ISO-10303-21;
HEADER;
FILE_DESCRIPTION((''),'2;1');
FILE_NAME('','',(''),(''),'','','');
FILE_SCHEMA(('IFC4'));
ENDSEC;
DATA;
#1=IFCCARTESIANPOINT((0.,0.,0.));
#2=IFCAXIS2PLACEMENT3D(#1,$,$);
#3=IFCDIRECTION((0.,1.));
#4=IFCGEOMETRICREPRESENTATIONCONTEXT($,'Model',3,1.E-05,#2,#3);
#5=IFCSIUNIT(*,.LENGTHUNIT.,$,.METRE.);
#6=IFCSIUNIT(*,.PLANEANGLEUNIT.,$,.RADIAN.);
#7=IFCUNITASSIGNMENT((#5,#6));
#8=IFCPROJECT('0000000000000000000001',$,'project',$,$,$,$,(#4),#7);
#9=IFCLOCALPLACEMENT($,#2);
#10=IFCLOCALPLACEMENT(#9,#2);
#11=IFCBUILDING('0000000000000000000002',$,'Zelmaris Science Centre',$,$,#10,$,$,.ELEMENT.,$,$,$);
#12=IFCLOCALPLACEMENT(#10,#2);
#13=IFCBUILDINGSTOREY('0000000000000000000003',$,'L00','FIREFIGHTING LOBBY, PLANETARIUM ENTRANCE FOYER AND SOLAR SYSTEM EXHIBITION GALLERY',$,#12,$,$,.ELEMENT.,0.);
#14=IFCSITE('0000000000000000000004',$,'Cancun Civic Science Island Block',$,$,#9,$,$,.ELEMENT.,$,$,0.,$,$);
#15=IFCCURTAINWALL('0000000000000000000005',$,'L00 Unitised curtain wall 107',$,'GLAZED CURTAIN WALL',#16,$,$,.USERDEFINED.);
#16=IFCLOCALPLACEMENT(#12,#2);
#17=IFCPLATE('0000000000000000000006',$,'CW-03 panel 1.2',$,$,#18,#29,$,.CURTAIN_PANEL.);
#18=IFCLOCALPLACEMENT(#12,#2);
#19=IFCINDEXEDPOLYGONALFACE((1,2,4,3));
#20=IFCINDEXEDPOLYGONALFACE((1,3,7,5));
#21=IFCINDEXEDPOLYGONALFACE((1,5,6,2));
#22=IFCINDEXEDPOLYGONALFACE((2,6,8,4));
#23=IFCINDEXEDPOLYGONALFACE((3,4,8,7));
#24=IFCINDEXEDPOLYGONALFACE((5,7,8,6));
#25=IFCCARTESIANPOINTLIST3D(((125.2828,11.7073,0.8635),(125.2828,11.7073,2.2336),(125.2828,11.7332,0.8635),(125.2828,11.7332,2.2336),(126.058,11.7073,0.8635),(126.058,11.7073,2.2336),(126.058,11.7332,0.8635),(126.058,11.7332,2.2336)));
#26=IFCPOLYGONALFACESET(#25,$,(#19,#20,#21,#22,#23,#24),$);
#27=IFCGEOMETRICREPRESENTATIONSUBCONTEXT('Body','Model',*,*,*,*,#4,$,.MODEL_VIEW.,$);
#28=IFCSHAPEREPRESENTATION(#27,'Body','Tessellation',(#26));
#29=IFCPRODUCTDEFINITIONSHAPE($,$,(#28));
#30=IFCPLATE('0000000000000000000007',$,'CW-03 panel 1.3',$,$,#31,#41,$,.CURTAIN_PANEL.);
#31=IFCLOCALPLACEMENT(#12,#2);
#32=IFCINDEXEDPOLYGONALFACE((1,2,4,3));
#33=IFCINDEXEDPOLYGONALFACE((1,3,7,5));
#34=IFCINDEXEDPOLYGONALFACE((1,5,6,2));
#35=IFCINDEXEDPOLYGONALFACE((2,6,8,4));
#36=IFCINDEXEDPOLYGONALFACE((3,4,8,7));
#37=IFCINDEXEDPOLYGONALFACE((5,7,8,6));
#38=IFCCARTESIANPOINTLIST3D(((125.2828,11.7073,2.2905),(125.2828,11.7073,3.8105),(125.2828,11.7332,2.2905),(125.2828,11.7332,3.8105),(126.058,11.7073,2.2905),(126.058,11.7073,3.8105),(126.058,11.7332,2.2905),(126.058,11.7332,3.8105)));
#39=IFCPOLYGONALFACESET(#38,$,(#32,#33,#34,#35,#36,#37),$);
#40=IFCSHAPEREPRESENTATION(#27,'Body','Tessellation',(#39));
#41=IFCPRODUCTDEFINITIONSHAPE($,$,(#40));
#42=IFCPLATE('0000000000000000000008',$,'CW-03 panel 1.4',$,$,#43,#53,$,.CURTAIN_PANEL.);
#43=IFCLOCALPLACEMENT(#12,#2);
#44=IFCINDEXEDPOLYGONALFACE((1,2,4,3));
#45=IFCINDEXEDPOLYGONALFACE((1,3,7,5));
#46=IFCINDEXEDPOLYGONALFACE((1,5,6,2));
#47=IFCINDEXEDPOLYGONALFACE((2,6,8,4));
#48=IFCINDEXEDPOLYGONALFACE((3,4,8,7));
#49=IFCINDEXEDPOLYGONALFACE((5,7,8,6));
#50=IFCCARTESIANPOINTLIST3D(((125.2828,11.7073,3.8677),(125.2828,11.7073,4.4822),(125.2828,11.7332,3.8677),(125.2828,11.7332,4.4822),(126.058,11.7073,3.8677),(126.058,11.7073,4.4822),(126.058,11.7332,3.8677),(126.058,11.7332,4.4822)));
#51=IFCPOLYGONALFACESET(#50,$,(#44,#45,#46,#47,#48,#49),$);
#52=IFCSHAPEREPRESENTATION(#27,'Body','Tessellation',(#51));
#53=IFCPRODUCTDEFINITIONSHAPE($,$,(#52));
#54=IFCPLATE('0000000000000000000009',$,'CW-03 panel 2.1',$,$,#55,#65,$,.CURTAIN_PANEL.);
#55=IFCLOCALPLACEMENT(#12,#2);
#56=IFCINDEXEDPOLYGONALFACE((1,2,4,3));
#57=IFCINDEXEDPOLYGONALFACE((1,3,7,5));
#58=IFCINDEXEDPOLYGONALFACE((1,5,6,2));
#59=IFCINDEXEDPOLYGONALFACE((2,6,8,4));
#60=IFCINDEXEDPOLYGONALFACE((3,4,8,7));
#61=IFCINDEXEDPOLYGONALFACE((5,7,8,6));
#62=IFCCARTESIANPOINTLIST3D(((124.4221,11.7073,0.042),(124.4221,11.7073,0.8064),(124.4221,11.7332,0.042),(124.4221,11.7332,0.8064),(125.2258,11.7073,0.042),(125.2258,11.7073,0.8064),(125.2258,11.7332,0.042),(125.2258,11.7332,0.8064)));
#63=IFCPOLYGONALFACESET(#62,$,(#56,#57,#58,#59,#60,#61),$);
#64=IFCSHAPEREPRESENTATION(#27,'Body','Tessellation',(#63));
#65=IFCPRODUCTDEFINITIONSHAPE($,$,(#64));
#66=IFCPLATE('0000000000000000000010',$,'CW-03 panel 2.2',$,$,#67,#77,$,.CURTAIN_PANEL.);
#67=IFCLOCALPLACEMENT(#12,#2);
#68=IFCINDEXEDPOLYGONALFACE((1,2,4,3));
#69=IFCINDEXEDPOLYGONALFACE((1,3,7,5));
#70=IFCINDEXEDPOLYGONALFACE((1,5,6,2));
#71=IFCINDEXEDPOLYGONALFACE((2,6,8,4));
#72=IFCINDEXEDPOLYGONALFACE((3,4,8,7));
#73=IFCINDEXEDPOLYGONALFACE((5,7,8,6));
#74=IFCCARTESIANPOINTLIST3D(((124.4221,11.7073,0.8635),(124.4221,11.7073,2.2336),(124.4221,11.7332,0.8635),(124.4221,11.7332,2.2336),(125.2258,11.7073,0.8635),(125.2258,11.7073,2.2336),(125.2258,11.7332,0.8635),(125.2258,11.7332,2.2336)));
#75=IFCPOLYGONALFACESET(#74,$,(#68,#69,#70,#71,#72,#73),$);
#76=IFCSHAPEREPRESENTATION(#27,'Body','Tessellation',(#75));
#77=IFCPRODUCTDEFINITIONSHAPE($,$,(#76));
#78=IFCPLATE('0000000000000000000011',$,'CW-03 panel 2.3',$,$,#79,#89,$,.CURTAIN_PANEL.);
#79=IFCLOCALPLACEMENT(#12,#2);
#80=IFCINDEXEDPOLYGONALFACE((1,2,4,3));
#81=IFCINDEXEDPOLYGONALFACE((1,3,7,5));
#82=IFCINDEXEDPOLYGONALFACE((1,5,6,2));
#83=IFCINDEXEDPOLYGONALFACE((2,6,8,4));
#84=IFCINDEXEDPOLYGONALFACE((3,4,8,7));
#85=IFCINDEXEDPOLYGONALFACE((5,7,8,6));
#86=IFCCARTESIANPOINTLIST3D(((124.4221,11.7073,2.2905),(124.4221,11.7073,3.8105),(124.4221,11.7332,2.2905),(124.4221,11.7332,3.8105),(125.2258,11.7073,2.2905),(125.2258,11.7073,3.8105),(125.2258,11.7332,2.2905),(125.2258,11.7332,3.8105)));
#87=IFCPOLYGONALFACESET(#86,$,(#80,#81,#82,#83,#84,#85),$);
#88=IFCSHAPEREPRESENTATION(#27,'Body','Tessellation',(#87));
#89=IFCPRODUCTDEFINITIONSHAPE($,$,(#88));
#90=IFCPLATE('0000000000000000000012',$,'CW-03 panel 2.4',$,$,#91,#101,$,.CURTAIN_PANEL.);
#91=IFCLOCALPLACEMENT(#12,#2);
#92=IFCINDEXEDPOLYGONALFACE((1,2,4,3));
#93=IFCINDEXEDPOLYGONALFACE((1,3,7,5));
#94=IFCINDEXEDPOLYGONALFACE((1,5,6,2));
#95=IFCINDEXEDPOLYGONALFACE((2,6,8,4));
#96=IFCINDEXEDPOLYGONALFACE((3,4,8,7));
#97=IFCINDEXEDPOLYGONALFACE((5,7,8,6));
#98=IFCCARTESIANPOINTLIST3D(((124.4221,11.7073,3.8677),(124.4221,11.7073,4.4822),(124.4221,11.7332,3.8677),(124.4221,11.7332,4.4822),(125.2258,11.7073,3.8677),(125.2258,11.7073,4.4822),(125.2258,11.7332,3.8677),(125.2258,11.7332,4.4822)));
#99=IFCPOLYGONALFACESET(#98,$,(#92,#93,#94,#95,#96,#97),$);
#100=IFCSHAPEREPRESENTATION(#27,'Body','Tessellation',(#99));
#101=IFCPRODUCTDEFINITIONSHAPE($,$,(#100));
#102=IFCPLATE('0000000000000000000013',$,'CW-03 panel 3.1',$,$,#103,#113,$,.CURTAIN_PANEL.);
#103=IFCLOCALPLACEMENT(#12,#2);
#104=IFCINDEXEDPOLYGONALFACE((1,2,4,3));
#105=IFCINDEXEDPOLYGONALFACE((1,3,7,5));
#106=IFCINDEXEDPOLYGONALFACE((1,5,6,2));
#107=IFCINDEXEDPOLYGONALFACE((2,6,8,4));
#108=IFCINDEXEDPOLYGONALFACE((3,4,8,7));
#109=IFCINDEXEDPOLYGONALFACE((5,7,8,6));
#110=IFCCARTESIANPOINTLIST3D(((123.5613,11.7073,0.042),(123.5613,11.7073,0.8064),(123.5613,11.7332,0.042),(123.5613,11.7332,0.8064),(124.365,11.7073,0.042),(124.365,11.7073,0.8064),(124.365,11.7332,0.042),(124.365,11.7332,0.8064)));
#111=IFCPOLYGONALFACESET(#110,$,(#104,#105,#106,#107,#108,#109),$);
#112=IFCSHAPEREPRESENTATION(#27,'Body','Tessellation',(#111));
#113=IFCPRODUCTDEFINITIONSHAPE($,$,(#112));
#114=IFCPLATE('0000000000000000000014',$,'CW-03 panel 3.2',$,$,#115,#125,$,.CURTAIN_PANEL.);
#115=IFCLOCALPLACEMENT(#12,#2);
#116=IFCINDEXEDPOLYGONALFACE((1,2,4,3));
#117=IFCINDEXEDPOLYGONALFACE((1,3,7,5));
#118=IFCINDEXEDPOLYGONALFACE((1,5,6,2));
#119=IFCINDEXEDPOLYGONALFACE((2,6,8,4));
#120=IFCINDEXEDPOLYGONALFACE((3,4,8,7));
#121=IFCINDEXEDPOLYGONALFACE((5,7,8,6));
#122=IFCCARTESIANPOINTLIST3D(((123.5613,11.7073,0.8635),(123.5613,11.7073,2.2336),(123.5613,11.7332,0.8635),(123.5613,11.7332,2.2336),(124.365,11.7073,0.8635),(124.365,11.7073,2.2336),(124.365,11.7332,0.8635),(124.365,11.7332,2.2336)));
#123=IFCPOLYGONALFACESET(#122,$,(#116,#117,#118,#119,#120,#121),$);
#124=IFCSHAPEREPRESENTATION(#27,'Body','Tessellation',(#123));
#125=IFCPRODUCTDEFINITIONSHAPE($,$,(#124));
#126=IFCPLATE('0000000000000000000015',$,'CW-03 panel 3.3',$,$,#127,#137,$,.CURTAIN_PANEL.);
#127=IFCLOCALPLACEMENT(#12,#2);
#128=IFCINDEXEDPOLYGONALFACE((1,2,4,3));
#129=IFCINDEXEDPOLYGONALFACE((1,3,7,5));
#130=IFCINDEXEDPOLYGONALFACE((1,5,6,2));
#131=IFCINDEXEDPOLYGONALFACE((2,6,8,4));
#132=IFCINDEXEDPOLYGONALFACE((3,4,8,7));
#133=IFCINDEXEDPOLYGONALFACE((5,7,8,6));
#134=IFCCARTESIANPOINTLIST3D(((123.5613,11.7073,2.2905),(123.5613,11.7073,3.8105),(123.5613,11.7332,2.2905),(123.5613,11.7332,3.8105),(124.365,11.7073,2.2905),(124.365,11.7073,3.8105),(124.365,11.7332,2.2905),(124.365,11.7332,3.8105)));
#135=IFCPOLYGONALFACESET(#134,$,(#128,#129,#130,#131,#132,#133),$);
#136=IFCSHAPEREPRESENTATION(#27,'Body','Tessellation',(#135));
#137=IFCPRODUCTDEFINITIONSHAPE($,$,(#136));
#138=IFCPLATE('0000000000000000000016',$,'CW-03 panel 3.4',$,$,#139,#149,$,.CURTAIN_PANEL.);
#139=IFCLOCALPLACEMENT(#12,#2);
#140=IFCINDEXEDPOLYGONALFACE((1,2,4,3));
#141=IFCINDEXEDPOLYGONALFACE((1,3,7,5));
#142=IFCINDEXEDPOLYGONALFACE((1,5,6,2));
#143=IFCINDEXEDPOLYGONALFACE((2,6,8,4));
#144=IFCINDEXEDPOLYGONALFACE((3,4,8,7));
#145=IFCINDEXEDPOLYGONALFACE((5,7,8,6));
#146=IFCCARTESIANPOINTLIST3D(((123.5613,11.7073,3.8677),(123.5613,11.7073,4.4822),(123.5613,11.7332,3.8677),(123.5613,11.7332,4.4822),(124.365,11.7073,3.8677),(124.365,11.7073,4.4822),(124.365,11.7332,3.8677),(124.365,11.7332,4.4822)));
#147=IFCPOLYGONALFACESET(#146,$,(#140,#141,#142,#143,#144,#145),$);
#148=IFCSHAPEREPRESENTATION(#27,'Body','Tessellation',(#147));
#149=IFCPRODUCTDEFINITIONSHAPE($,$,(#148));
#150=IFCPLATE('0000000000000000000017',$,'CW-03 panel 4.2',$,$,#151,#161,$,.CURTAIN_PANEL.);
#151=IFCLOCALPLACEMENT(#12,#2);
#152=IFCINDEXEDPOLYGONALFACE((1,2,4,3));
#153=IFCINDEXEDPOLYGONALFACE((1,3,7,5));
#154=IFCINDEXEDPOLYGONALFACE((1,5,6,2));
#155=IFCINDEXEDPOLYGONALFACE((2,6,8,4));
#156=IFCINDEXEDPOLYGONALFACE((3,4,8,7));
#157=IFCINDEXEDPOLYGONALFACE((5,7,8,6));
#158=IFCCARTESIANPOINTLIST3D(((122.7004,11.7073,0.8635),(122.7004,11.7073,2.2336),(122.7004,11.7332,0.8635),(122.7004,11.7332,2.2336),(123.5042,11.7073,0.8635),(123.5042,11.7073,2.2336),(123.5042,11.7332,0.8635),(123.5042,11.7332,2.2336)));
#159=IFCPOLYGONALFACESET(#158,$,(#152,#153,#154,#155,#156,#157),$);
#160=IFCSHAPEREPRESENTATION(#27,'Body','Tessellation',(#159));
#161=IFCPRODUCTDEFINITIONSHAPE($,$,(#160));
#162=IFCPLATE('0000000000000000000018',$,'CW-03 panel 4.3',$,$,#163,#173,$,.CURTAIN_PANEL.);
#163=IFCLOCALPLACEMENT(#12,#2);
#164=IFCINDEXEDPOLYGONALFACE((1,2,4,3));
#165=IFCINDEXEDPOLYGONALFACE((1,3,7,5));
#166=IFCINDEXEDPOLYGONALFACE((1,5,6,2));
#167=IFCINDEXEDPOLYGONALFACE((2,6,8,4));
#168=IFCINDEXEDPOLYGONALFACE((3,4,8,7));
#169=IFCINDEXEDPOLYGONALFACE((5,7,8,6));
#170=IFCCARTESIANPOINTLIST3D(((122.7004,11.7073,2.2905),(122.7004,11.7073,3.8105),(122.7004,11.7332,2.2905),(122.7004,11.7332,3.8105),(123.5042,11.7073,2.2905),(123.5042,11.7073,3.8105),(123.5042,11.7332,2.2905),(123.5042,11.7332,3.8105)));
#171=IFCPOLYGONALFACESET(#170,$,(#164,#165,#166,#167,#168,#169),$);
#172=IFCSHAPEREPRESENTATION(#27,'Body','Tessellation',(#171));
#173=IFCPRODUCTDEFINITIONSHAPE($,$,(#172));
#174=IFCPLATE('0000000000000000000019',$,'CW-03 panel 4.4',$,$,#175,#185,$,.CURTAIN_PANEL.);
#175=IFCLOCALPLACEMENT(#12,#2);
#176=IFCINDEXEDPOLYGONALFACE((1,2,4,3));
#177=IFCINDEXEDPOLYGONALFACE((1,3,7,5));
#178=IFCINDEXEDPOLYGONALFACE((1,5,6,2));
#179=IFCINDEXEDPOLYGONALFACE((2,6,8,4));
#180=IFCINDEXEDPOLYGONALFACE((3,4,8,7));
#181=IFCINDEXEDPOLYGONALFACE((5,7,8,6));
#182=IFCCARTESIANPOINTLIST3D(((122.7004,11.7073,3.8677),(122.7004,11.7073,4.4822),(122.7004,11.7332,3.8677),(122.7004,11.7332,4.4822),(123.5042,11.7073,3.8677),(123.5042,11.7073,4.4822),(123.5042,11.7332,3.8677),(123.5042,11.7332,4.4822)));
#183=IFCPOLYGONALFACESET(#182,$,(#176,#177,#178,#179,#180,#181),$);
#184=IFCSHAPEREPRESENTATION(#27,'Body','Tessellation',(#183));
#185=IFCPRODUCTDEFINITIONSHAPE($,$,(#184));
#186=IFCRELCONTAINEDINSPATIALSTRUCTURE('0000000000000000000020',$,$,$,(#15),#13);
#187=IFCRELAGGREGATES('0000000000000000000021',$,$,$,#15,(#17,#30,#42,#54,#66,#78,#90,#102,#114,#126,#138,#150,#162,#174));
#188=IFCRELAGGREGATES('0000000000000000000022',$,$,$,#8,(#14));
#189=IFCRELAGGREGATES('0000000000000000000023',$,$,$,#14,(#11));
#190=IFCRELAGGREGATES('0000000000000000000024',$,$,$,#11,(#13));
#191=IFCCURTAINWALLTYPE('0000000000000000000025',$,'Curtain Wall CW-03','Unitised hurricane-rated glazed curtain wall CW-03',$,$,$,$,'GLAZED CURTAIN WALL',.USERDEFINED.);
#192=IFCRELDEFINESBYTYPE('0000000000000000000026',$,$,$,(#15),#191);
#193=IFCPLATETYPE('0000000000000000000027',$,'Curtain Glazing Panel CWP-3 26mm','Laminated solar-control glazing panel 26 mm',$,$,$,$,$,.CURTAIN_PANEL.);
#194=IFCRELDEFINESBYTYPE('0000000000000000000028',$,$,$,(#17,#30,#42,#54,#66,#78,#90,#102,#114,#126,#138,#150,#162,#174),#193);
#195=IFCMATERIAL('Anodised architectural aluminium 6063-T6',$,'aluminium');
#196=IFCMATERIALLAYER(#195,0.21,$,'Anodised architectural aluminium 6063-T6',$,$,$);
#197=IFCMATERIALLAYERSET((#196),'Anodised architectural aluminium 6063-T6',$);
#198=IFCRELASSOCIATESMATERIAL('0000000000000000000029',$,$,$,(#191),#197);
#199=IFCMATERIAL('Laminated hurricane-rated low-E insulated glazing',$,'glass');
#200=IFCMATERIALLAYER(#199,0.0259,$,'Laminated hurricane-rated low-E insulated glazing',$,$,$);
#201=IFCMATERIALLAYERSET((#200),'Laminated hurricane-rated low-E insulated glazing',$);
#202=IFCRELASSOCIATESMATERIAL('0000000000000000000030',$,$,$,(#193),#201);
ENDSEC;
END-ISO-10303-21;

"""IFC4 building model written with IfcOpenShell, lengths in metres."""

from ifc_helpers import new_model, si_unit, direction, frame, origin, origin_2d, place, context, subcontext, project, spatial, rectangle, extrude, material, layer, layer_set, type_object, element, aggregate, save


model = new_model("IFC4")

# Units and contexts
model_context = context("Model", 3, precision=1e-05, world=origin(), true_north=direction((0.0, 1.0)))
body_context = subcontext(model_context, "Body", "Model", "MODEL_VIEW")
ifc_project = project(units=[si_unit("LENGTHUNIT", "METRE"), si_unit("PLANEANGLEUNIT", "RADIAN")], contexts=[model_context])

# Site, building, storey
site_placement = place(None, origin())
site = spatial("IfcSite", under=ifc_project, at=site_placement, Name="Cancun Civic Science Island Block", CompositionType="ELEMENT", RefElevation=0.0)
building_placement = place(site_placement, origin())
building = spatial("IfcBuilding", under=site, at=building_placement, Name="Zelmaris Science Centre", CompositionType="ELEMENT")
storey_placement = place(building_placement, origin())
storey = spatial("IfcBuildingStorey", under=building, at=storey_placement, Name="L00", Description="FIREFIGHTING LOBBY, PLANETARIUM ENTRANCE FOYER AND SOLAR SYSTEM EXHIBITION GALLERY", CompositionType="ELEMENT", Elevation=0.0)

# Curtain wall, plates
ifc_material_1 = material(Name="Anodised architectural aluminium 6063-T6", Category="aluminium")
ifc_layer_1 = layer(ifc_material_1, 0.21, Name="Anodised architectural aluminium 6063-T6")
ifc_layer_set_1 = layer_set([ifc_layer_1], Name="Anodised architectural aluminium 6063-T6")
curtain_wall_type = type_object("IfcCurtainWallType", Name="Curtain Wall CW-03", Description="Unitised hurricane-rated glazed curtain wall CW-03", ElementType="GLAZED CURTAIN WALL", PredefinedType="USERDEFINED", material=ifc_layer_set_1)
curtain_wall_placement = place(storey_placement, origin())
curtain_wall = element("IfcCurtainWall", 1, at=curtain_wall_placement, inside=storey, type_object=curtain_wall_type, Name="L00 Unitised curtain wall 107", ObjectType="GLAZED CURTAIN WALL", PredefinedType="USERDEFINED")
ifc_material_2 = material(Name="Laminated hurricane-rated low-E insulated glazing", Category="glass")
ifc_layer_2 = layer(ifc_material_2, 0.0259, Name="Laminated hurricane-rated low-E insulated glazing")
ifc_layer_set_2 = layer_set([ifc_layer_2], Name="Laminated hurricane-rated low-E insulated glazing")
plate_type = type_object("IfcPlateType", Name="Curtain Glazing Panel CWP-3 26mm", Description="Laminated solar-control glazing panel 26 mm", PredefinedType="CURTAIN_PANEL", material=ifc_layer_set_2)
plate_1_placement = place(storey_placement, frame((125.6704, 11.7202, 0.8635), z_axis=(0.0, 0.0, 1.0), x_axis=(-1.0, 0.0, 0.0)))
plate_1 = element("IfcPlate", 2, at=plate_1_placement, type_object=plate_type, Name="CW-03 panel 1.2", PredefinedType="CURTAIN_PANEL", context=body_context, shape_type="SweptSolid", body=[
    extrude(rectangle(XDim=0.7751, YDim=0.0259, at=origin_2d()), origin(), (0.0, 0.0, 1.0), 1.3701),
])
plate_2_placement = place(storey_placement, frame((125.6704, 11.7202, 2.2905), z_axis=(0.0, 0.0, 1.0), x_axis=(-1.0, 0.0, 0.0)))
plate_2 = element("IfcPlate", 3, at=plate_2_placement, type_object=plate_type, Name="CW-03 panel 1.3", PredefinedType="CURTAIN_PANEL", context=body_context, shape_type="SweptSolid", body=[
    extrude(rectangle(XDim=0.7751, YDim=0.0259, at=origin_2d()), origin(), (0.0, 0.0, 1.0), 1.52),
])
plate_3_placement = place(storey_placement, frame((125.6704, 11.7202, 3.8677), z_axis=(0.0, 0.0, 1.0), x_axis=(-1.0, 0.0, 0.0)))
plate_3 = element("IfcPlate", 4, at=plate_3_placement, type_object=plate_type, Name="CW-03 panel 1.4", PredefinedType="CURTAIN_PANEL", context=body_context, shape_type="SweptSolid", body=[
    extrude(rectangle(XDim=0.7751, YDim=0.0259, at=origin_2d()), origin(), (0.0, 0.0, 1.0), 0.6145),
])
plate_4_placement = place(storey_placement, frame((124.824, 11.7202, 0.042), z_axis=(0.0, 0.0, 1.0), x_axis=(-1.0, 0.0, 0.0)))
plate_4 = element("IfcPlate", 5, at=plate_4_placement, type_object=plate_type, Name="CW-03 panel 2.1", PredefinedType="CURTAIN_PANEL", context=body_context, shape_type="SweptSolid", body=[
    extrude(rectangle(XDim=0.8037, YDim=0.0259, at=origin_2d()), origin(), (0.0, 0.0, 1.0), 0.7644),
])
plate_5_placement = place(storey_placement, frame((124.824, 11.7202, 0.8635), z_axis=(0.0, 0.0, 1.0), x_axis=(-1.0, 0.0, 0.0)))
plate_5 = element("IfcPlate", 6, at=plate_5_placement, type_object=plate_type, Name="CW-03 panel 2.2", PredefinedType="CURTAIN_PANEL", context=body_context, shape_type="SweptSolid", body=[
    extrude(rectangle(XDim=0.8037, YDim=0.0259, at=origin_2d()), origin(), (0.0, 0.0, 1.0), 1.3701),
])
plate_6_placement = place(storey_placement, frame((124.824, 11.7202, 2.2905), z_axis=(0.0, 0.0, 1.0), x_axis=(-1.0, 0.0, 0.0)))
plate_6 = element("IfcPlate", 7, at=plate_6_placement, type_object=plate_type, Name="CW-03 panel 2.3", PredefinedType="CURTAIN_PANEL", context=body_context, shape_type="SweptSolid", body=[
    extrude(rectangle(XDim=0.8037, YDim=0.0259, at=origin_2d()), origin(), (0.0, 0.0, 1.0), 1.52),
])
plate_7_placement = place(storey_placement, frame((124.824, 11.7202, 3.8677), z_axis=(0.0, 0.0, 1.0), x_axis=(-1.0, 0.0, 0.0)))
plate_7 = element("IfcPlate", 8, at=plate_7_placement, type_object=plate_type, Name="CW-03 panel 2.4", PredefinedType="CURTAIN_PANEL", context=body_context, shape_type="SweptSolid", body=[
    extrude(rectangle(XDim=0.8037, YDim=0.0259, at=origin_2d()), origin(), (0.0, 0.0, 1.0), 0.6145),
])
plate_8_placement = place(storey_placement, frame((123.9631, 11.7202, 0.042), z_axis=(0.0, 0.0, 1.0), x_axis=(-1.0, 0.0, 0.0)))
plate_8 = element("IfcPlate", 9, at=plate_8_placement, type_object=plate_type, Name="CW-03 panel 3.1", PredefinedType="CURTAIN_PANEL", context=body_context, shape_type="SweptSolid", body=[
    extrude(rectangle(XDim=0.8037, YDim=0.0259, at=origin_2d()), origin(), (0.0, 0.0, 1.0), 0.7644),
])
plate_9_placement = place(storey_placement, frame((123.9631, 11.7202, 0.8635), z_axis=(0.0, 0.0, 1.0), x_axis=(-1.0, 0.0, 0.0)))
plate_9 = element("IfcPlate", 10, at=plate_9_placement, type_object=plate_type, Name="CW-03 panel 3.2", PredefinedType="CURTAIN_PANEL", context=body_context, shape_type="SweptSolid", body=[
    extrude(rectangle(XDim=0.8037, YDim=0.0259, at=origin_2d()), origin(), (0.0, 0.0, 1.0), 1.3701),
])
plate_10_placement = place(storey_placement, frame((123.9631, 11.7202, 2.2905), z_axis=(0.0, 0.0, 1.0), x_axis=(-1.0, 0.0, 0.0)))
plate_10 = element("IfcPlate", 11, at=plate_10_placement, type_object=plate_type, Name="CW-03 panel 3.3", PredefinedType="CURTAIN_PANEL", context=body_context, shape_type="SweptSolid", body=[
    extrude(rectangle(XDim=0.8037, YDim=0.0259, at=origin_2d()), origin(), (0.0, 0.0, 1.0), 1.52),
])
plate_11_placement = place(storey_placement, frame((123.9631, 11.7202, 3.8677), z_axis=(0.0, 0.0, 1.0), x_axis=(-1.0, 0.0, 0.0)))
plate_11 = element("IfcPlate", 12, at=plate_11_placement, type_object=plate_type, Name="CW-03 panel 3.4", PredefinedType="CURTAIN_PANEL", context=body_context, shape_type="SweptSolid", body=[
    extrude(rectangle(XDim=0.8037, YDim=0.0259, at=origin_2d()), origin(), (0.0, 0.0, 1.0), 0.6145),
])
plate_12_placement = place(storey_placement, frame((123.1023, 11.7202, 0.8635), z_axis=(0.0, 0.0, 1.0), x_axis=(-1.0, 0.0, 0.0)))
plate_12 = element("IfcPlate", 13, at=plate_12_placement, type_object=plate_type, Name="CW-03 panel 4.2", PredefinedType="CURTAIN_PANEL", context=body_context, shape_type="SweptSolid", body=[
    extrude(rectangle(XDim=0.8037, YDim=0.0259, at=origin_2d()), origin(), (0.0, 0.0, 1.0), 1.3701),
])
plate_13_placement = place(storey_placement, frame((123.1023, 11.7202, 2.2905), z_axis=(0.0, 0.0, 1.0), x_axis=(-1.0, 0.0, 0.0)))
plate_13 = element("IfcPlate", 14, at=plate_13_placement, type_object=plate_type, Name="CW-03 panel 4.3", PredefinedType="CURTAIN_PANEL", context=body_context, shape_type="SweptSolid", body=[
    extrude(rectangle(XDim=0.8037, YDim=0.0259, at=origin_2d()), origin(), (0.0, 0.0, 1.0), 1.52),
])
plate_14_placement = place(storey_placement, frame((123.1023, 11.7202, 3.8677), z_axis=(0.0, 0.0, 1.0), x_axis=(-1.0, 0.0, 0.0)))
plate_14 = element("IfcPlate", 15, at=plate_14_placement, type_object=plate_type, Name="CW-03 panel 4.4", PredefinedType="CURTAIN_PANEL", context=body_context, shape_type="SweptSolid", body=[
    extrude(rectangle(XDim=0.8037, YDim=0.0259, at=origin_2d()), origin(), (0.0, 0.0, 1.0), 0.6145),
])
aggregate(curtain_wall, [plate_1, plate_2, plate_3, plate_4, plate_5, plate_6, plate_7, plate_8, plate_9, plate_10, plate_11, plate_12, plate_13, plate_14])

save(model, "model.ifc")
